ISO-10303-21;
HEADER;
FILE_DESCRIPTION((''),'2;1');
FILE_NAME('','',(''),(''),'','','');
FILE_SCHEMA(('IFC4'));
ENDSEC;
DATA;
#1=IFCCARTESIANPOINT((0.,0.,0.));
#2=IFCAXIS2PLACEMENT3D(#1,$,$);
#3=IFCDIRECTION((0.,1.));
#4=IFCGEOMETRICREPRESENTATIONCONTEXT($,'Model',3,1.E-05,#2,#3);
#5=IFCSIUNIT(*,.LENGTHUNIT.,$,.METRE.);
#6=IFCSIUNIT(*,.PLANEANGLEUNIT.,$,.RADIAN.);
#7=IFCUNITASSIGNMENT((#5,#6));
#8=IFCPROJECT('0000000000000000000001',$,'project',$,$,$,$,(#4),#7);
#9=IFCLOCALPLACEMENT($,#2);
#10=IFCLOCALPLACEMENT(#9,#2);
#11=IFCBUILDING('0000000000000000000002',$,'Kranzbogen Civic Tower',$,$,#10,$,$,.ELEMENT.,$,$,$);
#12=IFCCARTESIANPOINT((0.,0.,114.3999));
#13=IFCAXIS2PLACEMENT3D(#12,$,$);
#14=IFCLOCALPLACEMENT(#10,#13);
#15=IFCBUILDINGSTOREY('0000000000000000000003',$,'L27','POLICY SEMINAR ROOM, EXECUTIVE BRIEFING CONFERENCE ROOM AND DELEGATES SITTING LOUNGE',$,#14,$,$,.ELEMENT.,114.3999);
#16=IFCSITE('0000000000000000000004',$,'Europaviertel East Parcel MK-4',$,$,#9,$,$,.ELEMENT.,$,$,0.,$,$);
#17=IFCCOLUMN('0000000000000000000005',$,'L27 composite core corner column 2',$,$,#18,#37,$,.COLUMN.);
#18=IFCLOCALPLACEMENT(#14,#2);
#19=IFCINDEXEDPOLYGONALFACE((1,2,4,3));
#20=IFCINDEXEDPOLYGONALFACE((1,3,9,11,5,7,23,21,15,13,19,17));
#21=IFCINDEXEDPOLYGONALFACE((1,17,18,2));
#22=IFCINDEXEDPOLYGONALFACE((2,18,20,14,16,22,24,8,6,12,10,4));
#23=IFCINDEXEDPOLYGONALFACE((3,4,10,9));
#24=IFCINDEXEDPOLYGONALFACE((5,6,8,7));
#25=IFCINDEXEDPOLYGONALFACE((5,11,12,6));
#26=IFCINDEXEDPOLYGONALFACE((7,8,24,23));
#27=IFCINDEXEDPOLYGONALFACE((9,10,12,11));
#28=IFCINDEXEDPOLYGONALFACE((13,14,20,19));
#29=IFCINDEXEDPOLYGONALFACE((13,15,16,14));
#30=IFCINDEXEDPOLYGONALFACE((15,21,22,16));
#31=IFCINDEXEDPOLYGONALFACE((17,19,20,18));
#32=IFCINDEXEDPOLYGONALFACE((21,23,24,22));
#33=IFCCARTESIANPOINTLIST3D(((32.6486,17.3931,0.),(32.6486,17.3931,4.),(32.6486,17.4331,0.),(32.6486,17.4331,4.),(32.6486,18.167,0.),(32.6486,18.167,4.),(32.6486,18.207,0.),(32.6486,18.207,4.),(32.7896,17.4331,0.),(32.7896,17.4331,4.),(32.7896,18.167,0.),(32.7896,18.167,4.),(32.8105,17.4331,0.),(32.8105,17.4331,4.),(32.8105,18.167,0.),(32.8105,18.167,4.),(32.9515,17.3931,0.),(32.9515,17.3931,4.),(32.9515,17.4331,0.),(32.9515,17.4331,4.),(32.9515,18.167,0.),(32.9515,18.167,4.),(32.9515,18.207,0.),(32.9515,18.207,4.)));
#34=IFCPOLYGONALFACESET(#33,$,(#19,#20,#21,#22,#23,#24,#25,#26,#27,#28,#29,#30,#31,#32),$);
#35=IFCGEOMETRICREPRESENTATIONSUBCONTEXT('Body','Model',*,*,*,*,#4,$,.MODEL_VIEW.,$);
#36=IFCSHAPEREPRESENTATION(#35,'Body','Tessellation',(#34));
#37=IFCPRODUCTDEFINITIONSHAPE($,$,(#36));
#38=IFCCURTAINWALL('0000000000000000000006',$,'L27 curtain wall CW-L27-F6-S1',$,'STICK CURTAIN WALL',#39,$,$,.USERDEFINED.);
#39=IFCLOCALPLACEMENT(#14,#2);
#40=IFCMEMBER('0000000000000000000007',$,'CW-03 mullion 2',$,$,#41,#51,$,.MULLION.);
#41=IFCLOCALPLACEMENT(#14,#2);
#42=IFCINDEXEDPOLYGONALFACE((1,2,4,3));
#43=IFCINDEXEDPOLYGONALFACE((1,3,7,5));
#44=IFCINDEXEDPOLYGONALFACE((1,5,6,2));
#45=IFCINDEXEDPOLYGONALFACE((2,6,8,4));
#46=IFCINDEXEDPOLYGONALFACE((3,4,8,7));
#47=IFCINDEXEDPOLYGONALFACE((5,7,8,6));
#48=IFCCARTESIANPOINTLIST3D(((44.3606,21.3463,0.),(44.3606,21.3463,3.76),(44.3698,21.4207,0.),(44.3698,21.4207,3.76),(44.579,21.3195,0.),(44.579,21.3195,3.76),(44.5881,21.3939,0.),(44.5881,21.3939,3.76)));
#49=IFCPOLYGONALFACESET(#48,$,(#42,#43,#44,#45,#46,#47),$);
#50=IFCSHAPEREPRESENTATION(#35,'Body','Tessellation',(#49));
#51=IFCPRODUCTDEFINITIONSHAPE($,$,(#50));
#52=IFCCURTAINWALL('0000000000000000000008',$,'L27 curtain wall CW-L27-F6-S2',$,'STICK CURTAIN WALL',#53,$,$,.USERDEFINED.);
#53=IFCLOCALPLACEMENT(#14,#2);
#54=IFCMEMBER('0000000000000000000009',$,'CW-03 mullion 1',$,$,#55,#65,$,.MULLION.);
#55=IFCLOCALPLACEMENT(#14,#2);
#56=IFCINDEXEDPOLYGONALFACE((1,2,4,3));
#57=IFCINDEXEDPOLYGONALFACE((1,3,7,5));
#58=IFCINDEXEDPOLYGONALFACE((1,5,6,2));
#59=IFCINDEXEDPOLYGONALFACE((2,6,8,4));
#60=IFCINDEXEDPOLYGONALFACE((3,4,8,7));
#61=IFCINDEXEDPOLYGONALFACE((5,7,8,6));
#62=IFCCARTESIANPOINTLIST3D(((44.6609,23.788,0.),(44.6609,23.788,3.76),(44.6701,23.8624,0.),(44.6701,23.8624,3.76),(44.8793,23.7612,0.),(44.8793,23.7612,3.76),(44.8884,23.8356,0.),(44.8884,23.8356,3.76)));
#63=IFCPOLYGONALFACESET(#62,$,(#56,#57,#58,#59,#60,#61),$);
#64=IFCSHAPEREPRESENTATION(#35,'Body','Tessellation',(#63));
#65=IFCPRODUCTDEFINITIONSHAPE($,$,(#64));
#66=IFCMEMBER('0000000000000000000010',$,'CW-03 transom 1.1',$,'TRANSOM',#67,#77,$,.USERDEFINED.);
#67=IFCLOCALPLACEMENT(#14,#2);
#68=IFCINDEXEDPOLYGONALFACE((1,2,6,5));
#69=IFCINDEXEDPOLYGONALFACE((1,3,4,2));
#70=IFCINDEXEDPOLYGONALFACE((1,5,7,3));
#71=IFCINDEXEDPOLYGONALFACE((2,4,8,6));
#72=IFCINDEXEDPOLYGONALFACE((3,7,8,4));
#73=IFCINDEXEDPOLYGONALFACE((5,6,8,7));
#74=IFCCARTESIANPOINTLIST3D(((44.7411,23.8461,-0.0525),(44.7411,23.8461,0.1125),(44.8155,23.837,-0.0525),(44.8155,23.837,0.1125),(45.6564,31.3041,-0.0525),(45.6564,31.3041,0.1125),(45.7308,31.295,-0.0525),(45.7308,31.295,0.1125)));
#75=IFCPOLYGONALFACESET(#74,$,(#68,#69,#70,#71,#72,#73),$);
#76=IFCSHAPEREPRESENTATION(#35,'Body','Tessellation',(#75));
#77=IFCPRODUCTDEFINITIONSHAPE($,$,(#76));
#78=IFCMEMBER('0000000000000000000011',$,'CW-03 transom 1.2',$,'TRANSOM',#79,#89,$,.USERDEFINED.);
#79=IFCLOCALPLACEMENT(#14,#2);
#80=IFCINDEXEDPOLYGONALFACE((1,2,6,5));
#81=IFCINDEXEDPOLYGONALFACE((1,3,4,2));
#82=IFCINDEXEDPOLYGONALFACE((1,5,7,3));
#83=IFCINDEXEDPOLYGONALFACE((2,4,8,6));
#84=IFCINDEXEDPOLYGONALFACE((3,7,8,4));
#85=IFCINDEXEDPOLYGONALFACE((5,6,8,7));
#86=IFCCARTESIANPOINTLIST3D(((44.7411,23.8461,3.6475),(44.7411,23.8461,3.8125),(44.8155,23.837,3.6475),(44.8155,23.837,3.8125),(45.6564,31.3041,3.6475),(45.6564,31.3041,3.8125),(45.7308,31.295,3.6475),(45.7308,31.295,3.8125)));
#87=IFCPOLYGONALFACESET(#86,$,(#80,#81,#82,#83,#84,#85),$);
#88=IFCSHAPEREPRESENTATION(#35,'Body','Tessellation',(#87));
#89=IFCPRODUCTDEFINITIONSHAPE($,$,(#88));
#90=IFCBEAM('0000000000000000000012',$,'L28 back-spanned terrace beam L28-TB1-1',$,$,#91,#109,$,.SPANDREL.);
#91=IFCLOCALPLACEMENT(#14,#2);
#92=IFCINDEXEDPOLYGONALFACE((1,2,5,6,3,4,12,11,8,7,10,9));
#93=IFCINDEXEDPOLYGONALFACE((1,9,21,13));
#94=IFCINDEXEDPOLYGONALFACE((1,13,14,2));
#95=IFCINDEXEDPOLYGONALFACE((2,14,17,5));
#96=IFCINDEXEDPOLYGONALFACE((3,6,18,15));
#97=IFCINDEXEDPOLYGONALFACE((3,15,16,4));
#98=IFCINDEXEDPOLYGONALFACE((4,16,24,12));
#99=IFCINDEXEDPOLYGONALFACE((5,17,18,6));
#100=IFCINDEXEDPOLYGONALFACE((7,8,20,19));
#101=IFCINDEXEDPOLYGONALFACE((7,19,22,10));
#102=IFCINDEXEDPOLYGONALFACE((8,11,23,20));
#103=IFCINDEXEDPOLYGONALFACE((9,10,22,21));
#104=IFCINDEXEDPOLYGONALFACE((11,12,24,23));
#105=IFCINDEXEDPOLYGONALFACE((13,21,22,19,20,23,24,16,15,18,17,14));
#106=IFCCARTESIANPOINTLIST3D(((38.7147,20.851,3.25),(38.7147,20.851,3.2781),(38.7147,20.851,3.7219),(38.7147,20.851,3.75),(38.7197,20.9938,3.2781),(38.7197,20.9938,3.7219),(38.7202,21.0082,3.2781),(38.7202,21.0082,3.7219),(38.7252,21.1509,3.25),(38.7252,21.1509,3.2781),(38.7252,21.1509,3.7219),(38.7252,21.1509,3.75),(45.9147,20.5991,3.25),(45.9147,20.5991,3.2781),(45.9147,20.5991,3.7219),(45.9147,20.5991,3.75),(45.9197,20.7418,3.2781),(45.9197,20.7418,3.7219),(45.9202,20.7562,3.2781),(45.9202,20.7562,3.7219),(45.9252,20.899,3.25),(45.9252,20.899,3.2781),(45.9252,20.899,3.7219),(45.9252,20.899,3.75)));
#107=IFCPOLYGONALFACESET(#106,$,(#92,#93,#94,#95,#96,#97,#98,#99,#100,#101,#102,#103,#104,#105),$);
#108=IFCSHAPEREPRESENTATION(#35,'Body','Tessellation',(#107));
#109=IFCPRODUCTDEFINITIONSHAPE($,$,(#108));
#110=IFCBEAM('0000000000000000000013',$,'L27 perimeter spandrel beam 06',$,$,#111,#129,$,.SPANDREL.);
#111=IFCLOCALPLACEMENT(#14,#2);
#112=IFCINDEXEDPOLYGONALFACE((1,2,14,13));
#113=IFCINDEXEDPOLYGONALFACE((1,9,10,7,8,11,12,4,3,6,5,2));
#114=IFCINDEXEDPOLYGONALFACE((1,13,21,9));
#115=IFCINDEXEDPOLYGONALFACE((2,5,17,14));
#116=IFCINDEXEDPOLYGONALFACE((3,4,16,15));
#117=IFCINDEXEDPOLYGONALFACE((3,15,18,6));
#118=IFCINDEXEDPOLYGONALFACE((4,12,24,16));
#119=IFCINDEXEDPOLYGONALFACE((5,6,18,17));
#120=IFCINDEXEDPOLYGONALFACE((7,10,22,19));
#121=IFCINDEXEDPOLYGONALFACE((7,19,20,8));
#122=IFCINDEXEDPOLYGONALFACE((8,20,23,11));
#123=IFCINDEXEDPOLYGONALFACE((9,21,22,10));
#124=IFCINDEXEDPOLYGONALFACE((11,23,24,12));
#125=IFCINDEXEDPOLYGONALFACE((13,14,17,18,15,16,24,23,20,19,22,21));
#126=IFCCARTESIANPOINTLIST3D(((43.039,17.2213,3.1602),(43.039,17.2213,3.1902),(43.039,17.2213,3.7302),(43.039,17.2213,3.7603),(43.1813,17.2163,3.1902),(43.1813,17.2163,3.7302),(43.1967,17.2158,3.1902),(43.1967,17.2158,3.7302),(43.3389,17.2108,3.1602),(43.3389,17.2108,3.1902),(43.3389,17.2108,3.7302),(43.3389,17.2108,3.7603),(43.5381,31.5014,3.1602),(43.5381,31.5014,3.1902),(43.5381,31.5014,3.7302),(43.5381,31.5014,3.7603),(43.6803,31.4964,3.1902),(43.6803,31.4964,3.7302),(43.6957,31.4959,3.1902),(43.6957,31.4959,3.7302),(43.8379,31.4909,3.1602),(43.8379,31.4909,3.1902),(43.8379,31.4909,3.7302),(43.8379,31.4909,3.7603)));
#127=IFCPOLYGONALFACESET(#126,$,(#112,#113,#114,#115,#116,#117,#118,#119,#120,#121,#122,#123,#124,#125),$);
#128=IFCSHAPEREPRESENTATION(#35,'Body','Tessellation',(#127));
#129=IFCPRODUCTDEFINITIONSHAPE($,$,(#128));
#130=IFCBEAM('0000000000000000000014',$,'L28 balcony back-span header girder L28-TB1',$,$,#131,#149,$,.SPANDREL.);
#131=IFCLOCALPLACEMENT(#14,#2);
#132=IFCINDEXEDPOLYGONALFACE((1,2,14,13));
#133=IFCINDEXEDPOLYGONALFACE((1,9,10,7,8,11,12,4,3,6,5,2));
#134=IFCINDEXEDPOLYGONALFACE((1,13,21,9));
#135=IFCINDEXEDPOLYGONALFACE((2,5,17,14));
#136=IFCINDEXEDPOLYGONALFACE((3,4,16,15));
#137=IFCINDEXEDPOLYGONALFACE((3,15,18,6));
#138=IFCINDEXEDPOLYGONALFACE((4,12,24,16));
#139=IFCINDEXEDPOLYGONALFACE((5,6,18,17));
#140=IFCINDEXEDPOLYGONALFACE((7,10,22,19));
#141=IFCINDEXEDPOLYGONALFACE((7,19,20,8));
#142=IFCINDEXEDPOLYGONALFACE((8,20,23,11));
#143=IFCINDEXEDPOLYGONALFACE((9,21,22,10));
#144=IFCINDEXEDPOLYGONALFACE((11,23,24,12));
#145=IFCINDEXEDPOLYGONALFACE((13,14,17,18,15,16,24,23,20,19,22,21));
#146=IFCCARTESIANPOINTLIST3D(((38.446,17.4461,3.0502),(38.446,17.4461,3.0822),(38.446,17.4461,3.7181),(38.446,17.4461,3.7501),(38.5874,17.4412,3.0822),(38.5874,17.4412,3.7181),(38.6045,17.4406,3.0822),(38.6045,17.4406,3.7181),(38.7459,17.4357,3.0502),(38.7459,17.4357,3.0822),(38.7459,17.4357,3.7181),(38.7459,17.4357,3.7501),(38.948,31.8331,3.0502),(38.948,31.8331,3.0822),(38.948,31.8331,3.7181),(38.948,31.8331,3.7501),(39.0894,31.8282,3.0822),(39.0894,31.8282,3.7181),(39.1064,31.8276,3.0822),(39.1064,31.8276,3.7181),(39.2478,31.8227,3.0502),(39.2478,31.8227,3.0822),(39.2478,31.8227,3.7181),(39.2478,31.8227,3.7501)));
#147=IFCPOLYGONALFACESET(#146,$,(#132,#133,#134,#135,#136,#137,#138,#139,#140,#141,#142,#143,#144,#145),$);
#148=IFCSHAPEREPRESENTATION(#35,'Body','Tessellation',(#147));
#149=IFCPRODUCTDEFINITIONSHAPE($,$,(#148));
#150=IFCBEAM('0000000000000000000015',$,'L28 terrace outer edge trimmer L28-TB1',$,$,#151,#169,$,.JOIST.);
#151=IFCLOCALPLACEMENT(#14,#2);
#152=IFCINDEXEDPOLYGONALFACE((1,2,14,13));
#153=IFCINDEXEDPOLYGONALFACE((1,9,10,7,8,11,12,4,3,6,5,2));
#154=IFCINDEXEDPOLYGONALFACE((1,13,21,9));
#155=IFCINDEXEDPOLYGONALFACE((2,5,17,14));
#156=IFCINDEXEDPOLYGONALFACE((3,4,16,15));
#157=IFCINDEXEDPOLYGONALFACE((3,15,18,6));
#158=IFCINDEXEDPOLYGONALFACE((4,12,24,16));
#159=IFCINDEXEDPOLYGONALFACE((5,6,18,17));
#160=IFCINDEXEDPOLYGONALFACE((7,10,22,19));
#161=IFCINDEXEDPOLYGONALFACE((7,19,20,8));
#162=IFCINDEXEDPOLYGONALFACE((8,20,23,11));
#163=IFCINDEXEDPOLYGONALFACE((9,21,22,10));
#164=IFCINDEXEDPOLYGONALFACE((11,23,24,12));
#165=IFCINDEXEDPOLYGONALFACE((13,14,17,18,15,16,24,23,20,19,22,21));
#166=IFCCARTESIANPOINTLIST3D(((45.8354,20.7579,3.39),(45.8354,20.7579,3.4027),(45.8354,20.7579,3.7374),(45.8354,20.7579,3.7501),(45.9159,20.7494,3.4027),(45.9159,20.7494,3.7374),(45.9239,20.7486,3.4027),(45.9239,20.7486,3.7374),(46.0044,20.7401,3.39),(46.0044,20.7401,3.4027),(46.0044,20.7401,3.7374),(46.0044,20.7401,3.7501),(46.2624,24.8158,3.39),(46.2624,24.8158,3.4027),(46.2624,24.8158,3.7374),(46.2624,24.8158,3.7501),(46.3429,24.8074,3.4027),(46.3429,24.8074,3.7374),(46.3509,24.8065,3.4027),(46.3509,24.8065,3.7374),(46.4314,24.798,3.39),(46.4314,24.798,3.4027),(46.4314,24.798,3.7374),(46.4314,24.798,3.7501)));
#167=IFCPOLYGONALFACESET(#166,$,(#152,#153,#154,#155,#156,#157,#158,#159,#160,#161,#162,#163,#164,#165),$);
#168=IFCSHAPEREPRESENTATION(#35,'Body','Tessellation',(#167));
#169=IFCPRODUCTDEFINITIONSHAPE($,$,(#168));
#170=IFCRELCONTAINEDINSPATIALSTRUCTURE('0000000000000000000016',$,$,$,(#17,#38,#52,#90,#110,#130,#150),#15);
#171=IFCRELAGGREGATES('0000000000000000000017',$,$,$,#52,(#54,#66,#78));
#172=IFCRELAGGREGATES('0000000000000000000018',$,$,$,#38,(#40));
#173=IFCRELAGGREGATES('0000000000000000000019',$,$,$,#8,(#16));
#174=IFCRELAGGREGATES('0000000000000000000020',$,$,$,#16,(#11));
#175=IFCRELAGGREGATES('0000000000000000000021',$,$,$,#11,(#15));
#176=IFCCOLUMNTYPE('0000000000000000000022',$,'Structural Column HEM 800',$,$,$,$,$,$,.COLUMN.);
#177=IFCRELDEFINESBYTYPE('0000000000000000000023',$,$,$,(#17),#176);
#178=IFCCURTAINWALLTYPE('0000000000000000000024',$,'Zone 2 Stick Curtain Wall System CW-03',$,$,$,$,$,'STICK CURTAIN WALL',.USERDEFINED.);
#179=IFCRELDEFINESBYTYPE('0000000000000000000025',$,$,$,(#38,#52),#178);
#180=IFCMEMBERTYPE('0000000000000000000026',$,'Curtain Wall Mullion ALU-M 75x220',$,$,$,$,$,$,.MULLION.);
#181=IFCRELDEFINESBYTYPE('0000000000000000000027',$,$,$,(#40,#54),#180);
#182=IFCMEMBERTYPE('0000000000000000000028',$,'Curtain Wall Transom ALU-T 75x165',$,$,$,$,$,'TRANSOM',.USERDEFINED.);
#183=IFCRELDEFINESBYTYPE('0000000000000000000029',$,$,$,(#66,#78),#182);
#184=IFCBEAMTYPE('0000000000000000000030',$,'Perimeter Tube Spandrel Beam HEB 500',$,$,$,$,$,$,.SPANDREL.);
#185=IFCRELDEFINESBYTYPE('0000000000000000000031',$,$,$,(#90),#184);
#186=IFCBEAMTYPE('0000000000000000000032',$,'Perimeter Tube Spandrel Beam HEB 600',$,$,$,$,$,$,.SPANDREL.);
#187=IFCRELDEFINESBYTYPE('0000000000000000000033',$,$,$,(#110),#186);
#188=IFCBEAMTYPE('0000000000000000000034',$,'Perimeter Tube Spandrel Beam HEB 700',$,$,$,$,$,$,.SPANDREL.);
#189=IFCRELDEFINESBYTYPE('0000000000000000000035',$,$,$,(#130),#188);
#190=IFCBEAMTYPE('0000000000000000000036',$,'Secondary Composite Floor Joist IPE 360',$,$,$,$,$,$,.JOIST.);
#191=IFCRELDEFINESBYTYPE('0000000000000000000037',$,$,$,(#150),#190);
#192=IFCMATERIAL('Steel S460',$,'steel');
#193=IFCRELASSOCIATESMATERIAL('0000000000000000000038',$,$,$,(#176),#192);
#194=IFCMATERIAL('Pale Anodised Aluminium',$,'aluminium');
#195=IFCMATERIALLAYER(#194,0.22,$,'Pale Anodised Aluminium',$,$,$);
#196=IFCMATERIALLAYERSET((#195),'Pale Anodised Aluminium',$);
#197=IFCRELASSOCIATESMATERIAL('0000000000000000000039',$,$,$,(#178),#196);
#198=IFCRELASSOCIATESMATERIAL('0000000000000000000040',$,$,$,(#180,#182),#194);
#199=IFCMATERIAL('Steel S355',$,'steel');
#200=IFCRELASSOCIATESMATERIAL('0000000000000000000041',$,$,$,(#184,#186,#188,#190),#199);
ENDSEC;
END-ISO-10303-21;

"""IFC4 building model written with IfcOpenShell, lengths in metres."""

from ifc_helpers import new_model, si_unit, direction, frame, origin, origin_2d, place, context, subcontext, project, spatial, rectangle, i_section, extrude, material, layer, layer_set, material_profile, profile_set, type_object, element, aggregate, save


model = new_model("IFC4")

# Units and contexts
model_context = context("Model", 3, precision=1e-05, world=origin(), true_north=direction((0.0, 1.0)))
body_context = subcontext(model_context, "Body", "Model", "MODEL_VIEW")
ifc_project = project(units=[si_unit("LENGTHUNIT", "METRE"), si_unit("PLANEANGLEUNIT", "RADIAN")], contexts=[model_context])

# Site, building, storey
site_placement = place(None, origin())
site = spatial("IfcSite", under=ifc_project, at=site_placement, Name="Europaviertel East Parcel MK-4", CompositionType="ELEMENT", RefElevation=0.0)
building_placement = place(site_placement, origin())
building = spatial("IfcBuilding", under=site, at=building_placement, Name="Kranzbogen Civic Tower", CompositionType="ELEMENT")
storey_placement = place(building_placement, frame((0.0, 0.0, 114.3999)))
storey = spatial("IfcBuildingStorey", under=building, at=storey_placement, Name="L27", Description="POLICY SEMINAR ROOM, EXECUTIVE BRIEFING CONFERENCE ROOM AND DELEGATES SITTING LOUNGE", CompositionType="ELEMENT", Elevation=114.3999)

# Column
ifc_material_1 = material(Name="Steel S460", Category="steel")
ifc_material_profile_1 = material_profile(ifc_material_1, i_section(OverallWidth=0.303, OverallDepth=0.814, WebThickness=0.021, FlangeThickness=0.04, at=origin_2d()), Name="HEM 800")
ifc_profile_set_1 = profile_set([ifc_material_profile_1], Name="Steel S460")
column_type = type_object("IfcColumnType", Name="Structural Column HEM 800", PredefinedType="COLUMN", material=ifc_profile_set_1)
column_placement = place(storey_placement, frame((32.8, 17.8, 0.0), z_axis=(0.0, 0.0, 1.0), x_axis=(1.0, 0.0, 0.0)))
element("IfcColumn", 1, at=column_placement, inside=storey, type_object=column_type, Name="L27 composite core corner column 2", PredefinedType="COLUMN", context=body_context, shape_type="SweptSolid", body=[
    extrude(i_section(OverallWidth=0.303, OverallDepth=0.814, WebThickness=0.021, FlangeThickness=0.04, at=origin_2d()), origin(), (0.0, 0.0, 1.0), 4.0),
])

# Curtain wall, member
ifc_material_2 = material(Name="Pale Anodised Aluminium", Category="aluminium")
ifc_layer_1 = layer(ifc_material_2, 0.22, Name="Pale Anodised Aluminium")
ifc_layer_set_1 = layer_set([ifc_layer_1], Name="Pale Anodised Aluminium")
curtain_wall_type = type_object("IfcCurtainWallType", Name="Zone 2 Stick Curtain Wall System CW-03", ElementType="STICK CURTAIN WALL", PredefinedType="USERDEFINED", material=ifc_layer_set_1)
curtain_wall_1_placement = place(storey_placement, origin())
curtain_wall_1 = element("IfcCurtainWall", 2, at=curtain_wall_1_placement, inside=storey, type_object=curtain_wall_type, Name="L27 curtain wall CW-L27-F6-S1", ObjectType="STICK CURTAIN WALL", PredefinedType="USERDEFINED")
ifc_material_profile_2 = material_profile(ifc_material_2, rectangle(XDim=0.075, YDim=0.22, at=origin_2d()), Name="ALU-M 75x220")
ifc_profile_set_2 = profile_set([ifc_material_profile_2], Name="Pale Anodised Aluminium")
member_type_1 = type_object("IfcMemberType", Name="Curtain Wall Mullion ALU-M 75x220", PredefinedType="MULLION", material=ifc_profile_set_2)
member_1_placement = place(storey_placement, frame((44.4744, 21.3701, 0.0), z_axis=(0.0, 0.0, 1.0), x_axis=(0.12181, 0.992553, 0.0)))
member_1 = element("IfcMember", 3, at=member_1_placement, type_object=member_type_1, Name="CW-03 mullion 2", PredefinedType="MULLION", context=body_context, shape_type="SweptSolid", body=[
    extrude(rectangle(XDim=0.075, YDim=0.22, at=origin_2d()), origin(), (0.0, 0.0, 1.0), 3.76),
])

# Curtain wall, members
curtain_wall_2_placement = place(storey_placement, origin())
curtain_wall_2 = element("IfcCurtainWall", 4, at=curtain_wall_2_placement, inside=storey, type_object=curtain_wall_type, Name="L27 curtain wall CW-L27-F6-S2", ObjectType="STICK CURTAIN WALL", PredefinedType="USERDEFINED")
member_2_placement = place(storey_placement, frame((44.7747, 23.8118, 0.0), z_axis=(0.0, 0.0, 1.0), x_axis=(0.121826, 0.992552, 0.0)))
member_2 = element("IfcMember", 5, at=member_2_placement, type_object=member_type_1, Name="CW-03 mullion 1", PredefinedType="MULLION", context=body_context, shape_type="SweptSolid", body=[
    extrude(rectangle(XDim=0.075, YDim=0.22, at=origin_2d()), origin(), (0.0, 0.0, 1.0), 3.76),
])
ifc_material_profile_3 = material_profile(ifc_material_2, rectangle(XDim=0.075, YDim=0.165, at=origin_2d()), Name="ALU-T 75x165")
ifc_profile_set_3 = profile_set([ifc_material_profile_3], Name="Pale Anodised Aluminium")
member_type_2 = type_object("IfcMemberType", Name="Curtain Wall Transom ALU-T 75x165", ElementType="TRANSOM", PredefinedType="USERDEFINED", material=ifc_profile_set_3)
member_3_placement = place(storey_placement, frame((44.7783, 23.8416, 0.03), z_axis=(0.121811, 0.992553, 0.0), x_axis=(-0.992553, 0.121811, 0.0)))
member_3 = element("IfcMember", 6, at=member_3_placement, type_object=member_type_2, Name="CW-03 transom 1.1", ObjectType="TRANSOM", PredefinedType="USERDEFINED", context=body_context, shape_type="SweptSolid", body=[
    extrude(rectangle(XDim=0.075, YDim=0.165, at=origin_2d()), origin(), (0.0, 0.0, 1.0), 7.5139),
])
member_4_placement = place(storey_placement, frame((44.7783, 23.8416, 3.73), z_axis=(0.121811, 0.992553, 0.0), x_axis=(-0.992553, 0.121811, 0.0)))
member_4 = element("IfcMember", 7, at=member_4_placement, type_object=member_type_2, Name="CW-03 transom 1.2", ObjectType="TRANSOM", PredefinedType="USERDEFINED", context=body_context, shape_type="SweptSolid", body=[
    extrude(rectangle(XDim=0.075, YDim=0.165, at=origin_2d()), origin(), (0.0, 0.0, 1.0), 7.5139),
])
aggregate(curtain_wall_2, [member_2, member_3, member_4])

# Beams
ifc_material_3 = material(Name="Steel S355", Category="steel")
ifc_material_profile_4 = material_profile(ifc_material_3, i_section(OverallWidth=0.3, OverallDepth=0.5, WebThickness=0.0144, FlangeThickness=0.0281, at=origin_2d()), Name="HEB 500")
ifc_profile_set_4 = profile_set([ifc_material_profile_4], Name="Steel S355")
beam_type_1 = type_object("IfcBeamType", Name="Perimeter Tube Spandrel Beam HEB 500", PredefinedType="SPANDREL", material=ifc_profile_set_4)
beam_1_placement = place(storey_placement, frame((38.72, 21.001, 3.5), z_axis=(0.999388, -0.034972, 0.0), x_axis=(0.034972, 0.999388, 0.0)))
element("IfcBeam", 8, at=beam_1_placement, inside=storey, type_object=beam_type_1, Name="L28 back-spanned terrace beam L28-TB1-1", PredefinedType="SPANDREL", context=body_context, shape_type="SweptSolid", body=[
    extrude(i_section(OverallWidth=0.3, OverallDepth=0.5, WebThickness=0.0144, FlangeThickness=0.0281, at=origin_2d()), origin(), (0.0, 0.0, 1.0), 7.2043),
])
ifc_material_profile_5 = material_profile(ifc_material_3, i_section(OverallWidth=0.3, OverallDepth=0.6001, WebThickness=0.0154, FlangeThickness=0.03, at=origin_2d()), Name="HEB 600")
ifc_profile_set_5 = profile_set([ifc_material_profile_5], Name="Steel S355")
beam_type_2 = type_object("IfcBeamType", Name="Perimeter Tube Spandrel Beam HEB 600", PredefinedType="SPANDREL", material=ifc_profile_set_5)
beam_2_placement = place(storey_placement, frame((43.189, 17.2161, 3.4602), z_axis=(0.034924, 0.99939, 0.0), x_axis=(-0.99939, 0.034924, 0.0)))
element("IfcBeam", 9, at=beam_2_placement, inside=storey, type_object=beam_type_2, Name="L27 perimeter spandrel beam 06", PredefinedType="SPANDREL", context=body_context, shape_type="SweptSolid", body=[
    extrude(i_section(OverallWidth=0.3, OverallDepth=0.6001, WebThickness=0.0154, FlangeThickness=0.03, at=origin_2d()), origin(), (0.0, 0.0, 1.0), 14.2888),
])
ifc_material_profile_6 = material_profile(ifc_material_3, i_section(OverallWidth=0.3, OverallDepth=0.7, WebThickness=0.0171, FlangeThickness=0.032, at=origin_2d()), Name="HEB 700")
ifc_profile_set_6 = profile_set([ifc_material_profile_6], Name="Steel S355")
beam_type_3 = type_object("IfcBeamType", Name="Perimeter Tube Spandrel Beam HEB 700", PredefinedType="SPANDREL", material=ifc_profile_set_6)
beam_3_placement = place(storey_placement, frame((38.5959, 17.4409, 3.4001), z_axis=(0.034868, 0.999392, 0.0), x_axis=(-0.999392, 0.034868, 0.0)))
element("IfcBeam", 10, at=beam_3_placement, inside=storey, type_object=beam_type_3, Name="L28 balcony back-span header girder L28-TB1", PredefinedType="SPANDREL", context=body_context, shape_type="SweptSolid", body=[
    extrude(i_section(OverallWidth=0.3, OverallDepth=0.7, WebThickness=0.0171, FlangeThickness=0.032, at=origin_2d()), origin(), (0.0, 0.0, 1.0), 14.3958),
])
ifc_material_profile_7 = material_profile(ifc_material_3, i_section(OverallWidth=0.1699, OverallDepth=0.3601, WebThickness=0.0081, FlangeThickness=0.0127, at=origin_2d()), Name="IPE 360")
ifc_profile_set_7 = profile_set([ifc_material_profile_7], Name="Steel S355")
beam_type_4 = type_object("IfcBeamType", Name="Secondary Composite Floor Joist IPE 360", PredefinedType="JOIST", material=ifc_profile_set_7)
beam_4_placement = place(storey_placement, frame((45.9199, 20.749, 3.5701), z_axis=(0.104651, 0.994509, 0.0), x_axis=(-0.994509, 0.104651, 0.0)))
element("IfcBeam", 11, at=beam_4_placement, inside=storey, type_object=beam_type_4, Name="L28 terrace outer edge trimmer L28-TB1", PredefinedType="JOIST", context=body_context, shape_type="SweptSolid", body=[
    extrude(i_section(OverallWidth=0.1699, OverallDepth=0.3601, WebThickness=0.0081, FlangeThickness=0.0127, at=origin_2d()), origin(), (0.0, 0.0, 1.0), 4.0803),
])

aggregate(curtain_wall_1, [member_1])

save(model, "model.ifc")
